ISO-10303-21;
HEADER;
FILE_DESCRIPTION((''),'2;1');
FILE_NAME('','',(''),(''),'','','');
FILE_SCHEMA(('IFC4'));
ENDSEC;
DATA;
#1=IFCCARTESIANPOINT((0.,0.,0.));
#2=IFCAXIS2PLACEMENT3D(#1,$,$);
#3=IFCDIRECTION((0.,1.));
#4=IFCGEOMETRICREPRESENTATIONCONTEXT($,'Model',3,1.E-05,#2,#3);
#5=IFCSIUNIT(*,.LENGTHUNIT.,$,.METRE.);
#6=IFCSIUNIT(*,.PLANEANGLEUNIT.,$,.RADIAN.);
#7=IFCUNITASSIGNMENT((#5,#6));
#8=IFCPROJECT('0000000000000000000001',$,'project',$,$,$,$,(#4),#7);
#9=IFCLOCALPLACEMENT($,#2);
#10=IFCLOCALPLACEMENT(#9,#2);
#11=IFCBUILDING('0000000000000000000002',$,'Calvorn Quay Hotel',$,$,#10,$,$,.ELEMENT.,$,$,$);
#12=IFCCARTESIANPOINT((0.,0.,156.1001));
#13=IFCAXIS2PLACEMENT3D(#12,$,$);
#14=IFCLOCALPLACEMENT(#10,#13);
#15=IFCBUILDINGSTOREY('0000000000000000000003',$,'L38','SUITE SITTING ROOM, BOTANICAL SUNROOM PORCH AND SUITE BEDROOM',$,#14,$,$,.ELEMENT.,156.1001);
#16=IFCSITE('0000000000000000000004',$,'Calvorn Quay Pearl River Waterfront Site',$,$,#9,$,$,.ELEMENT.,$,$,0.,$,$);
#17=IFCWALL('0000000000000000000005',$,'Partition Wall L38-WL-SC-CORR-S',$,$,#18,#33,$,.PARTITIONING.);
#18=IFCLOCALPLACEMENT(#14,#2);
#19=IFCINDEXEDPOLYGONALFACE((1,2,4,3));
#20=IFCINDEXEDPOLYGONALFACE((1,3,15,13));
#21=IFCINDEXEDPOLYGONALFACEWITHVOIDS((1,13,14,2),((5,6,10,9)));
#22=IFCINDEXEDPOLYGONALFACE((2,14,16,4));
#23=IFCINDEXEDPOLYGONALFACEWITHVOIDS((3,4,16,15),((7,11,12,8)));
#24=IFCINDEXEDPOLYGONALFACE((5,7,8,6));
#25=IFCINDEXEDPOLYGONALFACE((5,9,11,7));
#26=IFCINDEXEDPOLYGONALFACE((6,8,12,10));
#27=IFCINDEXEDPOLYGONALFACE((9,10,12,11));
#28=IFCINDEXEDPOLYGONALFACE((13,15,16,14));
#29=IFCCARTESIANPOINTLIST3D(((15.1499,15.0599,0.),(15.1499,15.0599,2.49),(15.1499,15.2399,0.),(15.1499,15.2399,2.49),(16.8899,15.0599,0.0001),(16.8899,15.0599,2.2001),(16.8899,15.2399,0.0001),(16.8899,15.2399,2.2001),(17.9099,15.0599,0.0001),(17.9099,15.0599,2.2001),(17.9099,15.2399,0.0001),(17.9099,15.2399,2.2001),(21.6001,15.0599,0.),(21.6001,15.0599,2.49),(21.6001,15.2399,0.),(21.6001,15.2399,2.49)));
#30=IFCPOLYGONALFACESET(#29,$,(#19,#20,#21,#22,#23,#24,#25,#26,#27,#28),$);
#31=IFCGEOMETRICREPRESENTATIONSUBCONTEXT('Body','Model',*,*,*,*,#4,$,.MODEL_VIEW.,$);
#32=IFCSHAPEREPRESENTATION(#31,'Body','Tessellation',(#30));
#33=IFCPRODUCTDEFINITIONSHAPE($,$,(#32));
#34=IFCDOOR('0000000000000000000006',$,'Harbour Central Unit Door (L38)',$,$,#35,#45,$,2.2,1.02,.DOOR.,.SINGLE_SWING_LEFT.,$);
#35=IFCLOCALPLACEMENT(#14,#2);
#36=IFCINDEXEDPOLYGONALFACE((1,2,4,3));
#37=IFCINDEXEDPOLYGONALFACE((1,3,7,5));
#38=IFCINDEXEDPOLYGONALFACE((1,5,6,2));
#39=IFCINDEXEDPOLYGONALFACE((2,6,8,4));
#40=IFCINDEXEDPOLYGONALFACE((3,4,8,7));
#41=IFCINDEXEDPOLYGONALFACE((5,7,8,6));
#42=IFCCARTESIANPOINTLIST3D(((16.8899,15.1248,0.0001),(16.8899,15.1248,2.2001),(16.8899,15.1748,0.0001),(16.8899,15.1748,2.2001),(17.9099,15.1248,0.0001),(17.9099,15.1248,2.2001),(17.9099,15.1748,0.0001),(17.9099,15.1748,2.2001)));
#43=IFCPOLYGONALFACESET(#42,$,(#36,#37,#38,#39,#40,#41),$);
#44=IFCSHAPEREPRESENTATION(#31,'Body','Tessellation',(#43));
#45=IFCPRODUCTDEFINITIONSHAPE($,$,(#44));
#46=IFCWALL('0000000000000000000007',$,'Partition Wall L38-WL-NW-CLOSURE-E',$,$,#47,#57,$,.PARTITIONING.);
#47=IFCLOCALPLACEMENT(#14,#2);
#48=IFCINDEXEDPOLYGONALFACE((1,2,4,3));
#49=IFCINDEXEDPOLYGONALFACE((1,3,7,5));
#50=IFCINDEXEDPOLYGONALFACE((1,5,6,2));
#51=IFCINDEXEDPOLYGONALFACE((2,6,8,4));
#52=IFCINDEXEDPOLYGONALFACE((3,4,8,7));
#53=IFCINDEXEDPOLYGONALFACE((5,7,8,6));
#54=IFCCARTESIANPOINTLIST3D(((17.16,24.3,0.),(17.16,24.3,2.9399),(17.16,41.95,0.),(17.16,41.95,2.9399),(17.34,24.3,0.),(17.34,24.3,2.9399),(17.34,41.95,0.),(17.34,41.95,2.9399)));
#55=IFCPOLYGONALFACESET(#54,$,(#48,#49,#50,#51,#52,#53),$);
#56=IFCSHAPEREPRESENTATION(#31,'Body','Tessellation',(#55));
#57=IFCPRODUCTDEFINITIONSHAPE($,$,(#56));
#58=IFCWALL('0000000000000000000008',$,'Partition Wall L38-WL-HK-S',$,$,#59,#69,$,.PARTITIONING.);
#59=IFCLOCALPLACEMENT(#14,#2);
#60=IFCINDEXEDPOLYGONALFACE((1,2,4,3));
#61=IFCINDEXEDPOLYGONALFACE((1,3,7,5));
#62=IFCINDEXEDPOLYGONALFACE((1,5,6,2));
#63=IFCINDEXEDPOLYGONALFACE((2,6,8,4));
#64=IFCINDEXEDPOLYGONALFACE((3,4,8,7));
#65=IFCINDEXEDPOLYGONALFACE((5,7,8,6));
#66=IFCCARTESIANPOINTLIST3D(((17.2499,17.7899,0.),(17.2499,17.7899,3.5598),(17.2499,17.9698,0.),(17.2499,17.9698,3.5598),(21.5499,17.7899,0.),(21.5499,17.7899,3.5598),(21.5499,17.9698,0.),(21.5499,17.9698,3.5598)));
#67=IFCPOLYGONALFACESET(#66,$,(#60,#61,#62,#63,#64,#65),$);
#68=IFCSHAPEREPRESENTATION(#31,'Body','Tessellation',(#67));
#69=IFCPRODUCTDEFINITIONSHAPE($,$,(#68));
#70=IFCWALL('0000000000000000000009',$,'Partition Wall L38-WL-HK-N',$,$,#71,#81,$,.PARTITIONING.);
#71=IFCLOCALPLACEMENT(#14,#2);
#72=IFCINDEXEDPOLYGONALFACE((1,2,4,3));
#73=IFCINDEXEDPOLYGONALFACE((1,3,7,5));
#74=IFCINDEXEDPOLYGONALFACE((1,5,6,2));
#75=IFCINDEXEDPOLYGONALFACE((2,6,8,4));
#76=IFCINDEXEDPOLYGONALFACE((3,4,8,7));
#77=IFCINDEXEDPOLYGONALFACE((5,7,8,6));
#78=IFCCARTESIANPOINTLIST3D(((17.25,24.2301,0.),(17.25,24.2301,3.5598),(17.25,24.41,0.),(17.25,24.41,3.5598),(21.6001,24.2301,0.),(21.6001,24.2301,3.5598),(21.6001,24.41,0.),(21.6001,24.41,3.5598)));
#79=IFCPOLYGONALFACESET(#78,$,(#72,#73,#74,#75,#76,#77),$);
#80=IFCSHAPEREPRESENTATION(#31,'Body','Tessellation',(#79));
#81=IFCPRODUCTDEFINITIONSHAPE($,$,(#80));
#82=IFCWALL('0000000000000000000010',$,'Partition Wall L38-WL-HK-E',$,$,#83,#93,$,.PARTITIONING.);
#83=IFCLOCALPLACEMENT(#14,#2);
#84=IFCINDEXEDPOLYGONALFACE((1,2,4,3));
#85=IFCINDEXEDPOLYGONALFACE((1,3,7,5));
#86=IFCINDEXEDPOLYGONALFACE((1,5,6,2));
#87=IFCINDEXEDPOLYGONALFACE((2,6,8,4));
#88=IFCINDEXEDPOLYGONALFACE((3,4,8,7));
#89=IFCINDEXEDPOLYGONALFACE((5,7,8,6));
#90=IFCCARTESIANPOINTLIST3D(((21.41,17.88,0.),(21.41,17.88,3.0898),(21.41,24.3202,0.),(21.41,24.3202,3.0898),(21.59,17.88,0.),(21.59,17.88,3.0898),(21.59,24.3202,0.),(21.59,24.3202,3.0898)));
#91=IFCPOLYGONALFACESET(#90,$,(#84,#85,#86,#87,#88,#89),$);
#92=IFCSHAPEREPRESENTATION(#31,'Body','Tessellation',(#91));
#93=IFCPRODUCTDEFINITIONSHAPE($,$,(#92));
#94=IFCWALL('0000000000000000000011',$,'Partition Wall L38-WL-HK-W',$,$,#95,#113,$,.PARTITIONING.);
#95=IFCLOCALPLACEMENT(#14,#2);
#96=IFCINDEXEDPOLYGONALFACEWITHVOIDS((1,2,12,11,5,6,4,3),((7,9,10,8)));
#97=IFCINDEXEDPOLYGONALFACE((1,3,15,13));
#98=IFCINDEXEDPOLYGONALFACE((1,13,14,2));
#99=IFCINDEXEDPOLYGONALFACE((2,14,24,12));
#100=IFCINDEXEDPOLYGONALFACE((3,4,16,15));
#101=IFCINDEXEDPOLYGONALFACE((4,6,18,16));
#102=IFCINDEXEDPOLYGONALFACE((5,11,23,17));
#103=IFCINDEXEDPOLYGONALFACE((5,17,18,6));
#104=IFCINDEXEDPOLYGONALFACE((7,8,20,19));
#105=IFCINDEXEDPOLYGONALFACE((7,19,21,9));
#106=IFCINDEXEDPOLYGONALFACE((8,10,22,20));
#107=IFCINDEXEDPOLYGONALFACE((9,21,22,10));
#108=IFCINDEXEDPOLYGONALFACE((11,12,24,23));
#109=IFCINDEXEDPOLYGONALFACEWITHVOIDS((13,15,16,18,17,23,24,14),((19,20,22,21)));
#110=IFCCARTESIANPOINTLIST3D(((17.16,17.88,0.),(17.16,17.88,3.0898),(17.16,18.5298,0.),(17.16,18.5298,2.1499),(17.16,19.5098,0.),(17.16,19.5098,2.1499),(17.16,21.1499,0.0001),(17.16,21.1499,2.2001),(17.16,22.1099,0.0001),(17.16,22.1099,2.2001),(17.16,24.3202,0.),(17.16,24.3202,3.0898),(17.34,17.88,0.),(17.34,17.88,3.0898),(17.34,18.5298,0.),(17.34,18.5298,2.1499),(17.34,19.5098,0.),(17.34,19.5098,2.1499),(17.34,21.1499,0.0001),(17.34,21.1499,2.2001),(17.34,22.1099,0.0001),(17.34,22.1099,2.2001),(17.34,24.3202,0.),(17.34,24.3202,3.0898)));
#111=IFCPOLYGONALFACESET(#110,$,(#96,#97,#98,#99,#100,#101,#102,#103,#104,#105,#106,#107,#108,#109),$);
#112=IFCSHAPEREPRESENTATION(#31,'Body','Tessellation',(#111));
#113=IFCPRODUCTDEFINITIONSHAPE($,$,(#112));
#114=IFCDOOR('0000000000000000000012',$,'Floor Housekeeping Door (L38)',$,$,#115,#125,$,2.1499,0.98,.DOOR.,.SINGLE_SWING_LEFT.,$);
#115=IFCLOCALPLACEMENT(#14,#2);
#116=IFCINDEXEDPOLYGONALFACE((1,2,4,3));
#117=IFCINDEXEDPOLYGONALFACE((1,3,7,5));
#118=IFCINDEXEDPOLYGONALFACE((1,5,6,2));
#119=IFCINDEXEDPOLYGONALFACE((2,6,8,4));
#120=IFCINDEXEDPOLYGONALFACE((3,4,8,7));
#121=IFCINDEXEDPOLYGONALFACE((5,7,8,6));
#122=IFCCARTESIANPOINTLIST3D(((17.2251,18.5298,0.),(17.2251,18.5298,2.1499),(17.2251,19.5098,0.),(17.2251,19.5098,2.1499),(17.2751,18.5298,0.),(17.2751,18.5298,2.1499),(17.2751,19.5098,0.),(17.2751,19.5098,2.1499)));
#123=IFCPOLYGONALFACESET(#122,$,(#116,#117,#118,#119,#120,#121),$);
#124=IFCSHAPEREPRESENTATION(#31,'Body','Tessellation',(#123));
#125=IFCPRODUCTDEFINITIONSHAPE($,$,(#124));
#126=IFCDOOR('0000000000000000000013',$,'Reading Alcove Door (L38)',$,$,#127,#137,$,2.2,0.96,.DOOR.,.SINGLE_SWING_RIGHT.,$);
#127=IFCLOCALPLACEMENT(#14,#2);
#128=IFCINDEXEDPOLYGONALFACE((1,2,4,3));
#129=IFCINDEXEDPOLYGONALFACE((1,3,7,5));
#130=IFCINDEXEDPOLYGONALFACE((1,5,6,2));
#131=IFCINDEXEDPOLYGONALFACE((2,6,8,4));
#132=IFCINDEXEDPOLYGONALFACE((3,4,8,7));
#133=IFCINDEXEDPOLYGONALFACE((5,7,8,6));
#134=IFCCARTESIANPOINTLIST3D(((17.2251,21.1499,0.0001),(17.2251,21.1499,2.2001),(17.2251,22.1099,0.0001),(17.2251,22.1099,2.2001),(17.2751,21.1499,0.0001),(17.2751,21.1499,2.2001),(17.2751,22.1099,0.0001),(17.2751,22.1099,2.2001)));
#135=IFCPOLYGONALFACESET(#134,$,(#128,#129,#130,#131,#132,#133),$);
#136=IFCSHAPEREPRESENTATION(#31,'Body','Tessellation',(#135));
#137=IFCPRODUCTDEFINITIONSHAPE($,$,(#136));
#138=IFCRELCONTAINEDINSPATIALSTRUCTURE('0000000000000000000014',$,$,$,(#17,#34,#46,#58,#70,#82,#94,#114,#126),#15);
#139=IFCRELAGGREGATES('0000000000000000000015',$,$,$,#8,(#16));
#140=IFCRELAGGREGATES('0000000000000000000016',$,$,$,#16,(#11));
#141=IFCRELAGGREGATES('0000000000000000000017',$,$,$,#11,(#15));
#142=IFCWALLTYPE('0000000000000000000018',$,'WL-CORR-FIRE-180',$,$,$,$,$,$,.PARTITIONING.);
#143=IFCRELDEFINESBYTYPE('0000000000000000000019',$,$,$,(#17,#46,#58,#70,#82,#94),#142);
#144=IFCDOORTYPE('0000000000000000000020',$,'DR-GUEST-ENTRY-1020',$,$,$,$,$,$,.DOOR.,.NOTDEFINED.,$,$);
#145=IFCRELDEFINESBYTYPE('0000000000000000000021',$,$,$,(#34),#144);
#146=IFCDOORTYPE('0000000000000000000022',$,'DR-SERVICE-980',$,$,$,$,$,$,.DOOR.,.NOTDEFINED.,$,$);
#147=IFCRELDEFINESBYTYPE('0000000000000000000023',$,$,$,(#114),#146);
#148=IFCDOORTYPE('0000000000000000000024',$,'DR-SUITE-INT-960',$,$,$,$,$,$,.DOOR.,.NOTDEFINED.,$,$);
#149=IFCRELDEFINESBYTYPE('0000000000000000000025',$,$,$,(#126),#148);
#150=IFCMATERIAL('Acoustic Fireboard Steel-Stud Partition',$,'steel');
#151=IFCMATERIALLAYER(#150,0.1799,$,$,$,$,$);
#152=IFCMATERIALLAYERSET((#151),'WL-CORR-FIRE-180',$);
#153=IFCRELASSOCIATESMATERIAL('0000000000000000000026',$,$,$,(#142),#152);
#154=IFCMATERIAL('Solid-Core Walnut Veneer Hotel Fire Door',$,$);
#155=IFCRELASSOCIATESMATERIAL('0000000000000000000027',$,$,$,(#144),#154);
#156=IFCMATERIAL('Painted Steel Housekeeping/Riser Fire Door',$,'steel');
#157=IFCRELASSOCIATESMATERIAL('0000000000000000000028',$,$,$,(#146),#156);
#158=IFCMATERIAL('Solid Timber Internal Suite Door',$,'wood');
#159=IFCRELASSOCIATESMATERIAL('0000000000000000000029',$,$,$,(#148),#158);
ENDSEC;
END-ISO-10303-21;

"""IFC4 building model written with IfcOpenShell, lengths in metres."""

from ifc_helpers import new_model, si_unit, direction, frame, frame_2d, origin, place, context, subcontext, project, spatial, rectangle, extrude, material, layer, layer_set, type_object, element, fill, save


model = new_model("IFC4")

# Units and contexts
model_context = context("Model", 3, precision=1e-05, world=origin(), true_north=direction((0.0, 1.0)))
body_context = subcontext(model_context, "Body", "Model", "MODEL_VIEW")
ifc_project = project(units=[si_unit("LENGTHUNIT", "METRE"), si_unit("PLANEANGLEUNIT", "RADIAN")], contexts=[model_context])

# Site, building, storey
site_placement = place(None, origin())
site = spatial("IfcSite", under=ifc_project, at=site_placement, Name="Calvorn Quay Pearl River Waterfront Site", CompositionType="ELEMENT", RefElevation=0.0)
building_placement = place(site_placement, origin())
building = spatial("IfcBuilding", under=site, at=building_placement, Name="Calvorn Quay Hotel", CompositionType="ELEMENT")
storey_placement = place(building_placement, frame((0.0, 0.0, 156.1001)))
storey = spatial("IfcBuildingStorey", under=building, at=storey_placement, Name="L38", Description="SUITE SITTING ROOM, BOTANICAL SUNROOM PORCH AND SUITE BEDROOM", CompositionType="ELEMENT", Elevation=156.1001)

# Wall, opening, door
ifc_material_1 = material(Name="Acoustic Fireboard Steel-Stud Partition", Category="steel")
ifc_layer_1 = layer(ifc_material_1, 0.1799)
ifc_layer_set_1 = layer_set([ifc_layer_1], Name="WL-CORR-FIRE-180")
wall_type_1 = type_object("IfcWallType", Name="WL-CORR-FIRE-180", PredefinedType="PARTITIONING", material=ifc_layer_set_1)
wall_1_placement = place(storey_placement, frame((15.1499, 15.1499, 0.0), z_axis=(0.0, 0.0, 1.0), x_axis=(1.0, 0.0, 0.0)))
wall_1 = element("IfcWall", 1, at=wall_1_placement, inside=storey, type_object=wall_type_1, Name="Partition Wall L38-WL-SC-CORR-S", PredefinedType="PARTITIONING", context=body_context, shape_type="SweptSolid", body=[
    extrude(rectangle(XDim=6.4502, YDim=0.1799, at=frame_2d((3.2251, 0.0))), origin(), (0.0, 0.0, 1.0), 2.49),
])
opening_1_placement = place(wall_1_placement, frame((1.74, 0.0, 0.0)))
opening_1 = element("IfcOpeningElement", 2, at=opening_1_placement, cuts=wall_1, PredefinedType="OPENING", context=body_context, shape_type="SweptSolid", body=[
    extrude(rectangle(XDim=1.02, YDim=2.2, at=frame_2d((0.51, 1.1001))), frame((0.0, 0.0999, 0.0), z_axis=(0.0, -1.0, 0.0), x_axis=(1.0, 0.0, 0.0)), (0.0, 0.0, 1.0), 0.2),
])
ifc_material_2 = material(Name="Solid-Core Walnut Veneer Hotel Fire Door")
door_type_1 = type_object("IfcDoorType", Name="DR-GUEST-ENTRY-1020", OperationType="NOTDEFINED", PredefinedType="DOOR", material=ifc_material_2)
door_1_placement = place(opening_1_placement, origin())
door_1 = element("IfcDoor", 3, at=door_1_placement, inside=storey, type_object=door_type_1, Name="Harbour Central Unit Door (L38)", OperationType="SINGLE_SWING_LEFT", OverallHeight=2.2, OverallWidth=1.02, PredefinedType="DOOR", context=body_context, shape_type="SweptSolid", body=[
    extrude(rectangle(XDim=1.02, YDim=2.2, at=frame_2d((0.51, 1.1001))), frame((0.0, 0.0249, 0.0), z_axis=(0.0, -1.0, 0.0), x_axis=(1.0, 0.0, 0.0)), (0.0, 0.0, 1.0), 0.05),
])
fill(opening_1, door_1)

# Walls
wall_2_placement = place(storey_placement, frame((17.25, 24.3, 0.0), z_axis=(0.0, 0.0, 1.0), x_axis=(0.0, 1.0, 0.0)))
element("IfcWall", 4, at=wall_2_placement, inside=storey, type_object=wall_type_1, Name="Partition Wall L38-WL-NW-CLOSURE-E", PredefinedType="PARTITIONING", context=body_context, shape_type="SweptSolid", body=[
    extrude(rectangle(XDim=17.6499, YDim=0.1799, at=frame_2d((8.825, 0.0))), origin(), (0.0, 0.0, 1.0), 2.9399),
])
wall_3_placement = place(storey_placement, frame((17.25, 17.8799, 0.0), z_axis=(0.0, 0.0, 1.0), x_axis=(1.0, 0.0, 0.0)))
element("IfcWall", 5, at=wall_3_placement, inside=storey, type_object=wall_type_1, Name="Partition Wall L38-WL-HK-S", PredefinedType="PARTITIONING", context=body_context, shape_type="SweptSolid", body=[
    extrude(rectangle(XDim=4.3, YDim=0.1799, at=frame_2d((2.1499, 0.0))), origin(), (0.0, 0.0, 1.0), 3.5598),
])
wall_4_placement = place(storey_placement, frame((17.25, 24.3201, 0.0), z_axis=(0.0, 0.0, 1.0), x_axis=(1.0, 0.0, 0.0)))
element("IfcWall", 6, at=wall_4_placement, inside=storey, type_object=wall_type_1, Name="Partition Wall L38-WL-HK-N", PredefinedType="PARTITIONING", context=body_context, shape_type="SweptSolid", body=[
    extrude(rectangle(XDim=4.3501, YDim=0.1799, at=frame_2d((2.175, 0.0))), origin(), (0.0, 0.0, 1.0), 3.5598),
])
wall_5_placement = place(storey_placement, frame((21.5, 17.8799, 0.0), z_axis=(0.0, 0.0, 1.0), x_axis=(0.0, 1.0, 0.0)))
element("IfcWall", 7, at=wall_5_placement, inside=storey, type_object=wall_type_1, Name="Partition Wall L38-WL-HK-E", PredefinedType="PARTITIONING", context=body_context, shape_type="SweptSolid", body=[
    extrude(rectangle(XDim=6.4402, YDim=0.1799, at=frame_2d((3.2202, 0.0))), origin(), (0.0, 0.0, 1.0), 3.0898),
])

# Wall, openings, doors
wall_6_placement = place(storey_placement, frame((17.25, 17.8799, 0.0), z_axis=(0.0, 0.0, 1.0), x_axis=(0.0, 1.0, 0.0)))
wall_6 = element("IfcWall", 8, at=wall_6_placement, inside=storey, type_object=wall_type_1, Name="Partition Wall L38-WL-HK-W", PredefinedType="PARTITIONING", context=body_context, shape_type="SweptSolid", body=[
    extrude(rectangle(XDim=6.4402, YDim=0.1799, at=frame_2d((3.2202, 0.0))), origin(), (0.0, 0.0, 1.0), 3.0898),
])
opening_2_placement = place(wall_6_placement, frame((0.6499, 0.0, 0.0)))
opening_2 = element("IfcOpeningElement", 9, at=opening_2_placement, cuts=wall_6, PredefinedType="OPENING", context=body_context, shape_type="SweptSolid", body=[
    extrude(rectangle(XDim=0.98, YDim=2.1499, at=frame_2d((0.49, 1.075))), frame((0.0, 0.0999, 0.0), z_axis=(0.0, -1.0, 0.0), x_axis=(1.0, 0.0, 0.0)), (0.0, 0.0, 1.0), 0.2),
])
opening_3_placement = place(wall_6_placement, frame((3.27, 0.0, 0.0)))
opening_3 = element("IfcOpeningElement", 10, at=opening_3_placement, cuts=wall_6, PredefinedType="OPENING", context=body_context, shape_type="SweptSolid", body=[
    extrude(rectangle(XDim=0.96, YDim=2.2, at=frame_2d((0.48, 1.1001))), frame((0.0, 0.0999, 0.0), z_axis=(0.0, -1.0, 0.0), x_axis=(1.0, 0.0, 0.0)), (0.0, 0.0, 1.0), 0.2),
])
ifc_material_3 = material(Name="Painted Steel Housekeeping/Riser Fire Door", Category="steel")
door_type_2 = type_object("IfcDoorType", Name="DR-SERVICE-980", OperationType="NOTDEFINED", PredefinedType="DOOR", material=ifc_material_3)
door_2_placement = place(opening_2_placement, origin())
door_2 = element("IfcDoor", 11, at=door_2_placement, inside=storey, type_object=door_type_2, Name="Floor Housekeeping Door (L38)", OperationType="SINGLE_SWING_LEFT", OverallHeight=2.1499, OverallWidth=0.98, PredefinedType="DOOR", context=body_context, shape_type="SweptSolid", body=[
    extrude(rectangle(XDim=0.98, YDim=2.1499, at=frame_2d((0.49, 1.075))), frame((0.0, 0.0249, 0.0), z_axis=(0.0, -1.0, 0.0), x_axis=(1.0, 0.0, 0.0)), (0.0, 0.0, 1.0), 0.05),
])
fill(opening_2, door_2)
ifc_material_4 = material(Name="Solid Timber Internal Suite Door", Category="wood")
door_type_3 = type_object("IfcDoorType", Name="DR-SUITE-INT-960", OperationType="NOTDEFINED", PredefinedType="DOOR", material=ifc_material_4)
door_3_placement = place(opening_3_placement, origin())
door_3 = element("IfcDoor", 12, at=door_3_placement, inside=storey, type_object=door_type_3, Name="Reading Alcove Door (L38)", OperationType="SINGLE_SWING_RIGHT", OverallHeight=2.2, OverallWidth=0.96, PredefinedType="DOOR", context=body_context, shape_type="SweptSolid", body=[
    extrude(rectangle(XDim=0.96, YDim=2.2, at=frame_2d((0.48, 1.1001))), frame((0.0, 0.0249, 0.0), z_axis=(0.0, -1.0, 0.0), x_axis=(1.0, 0.0, 0.0)), (0.0, 0.0, 1.0), 0.05),
])
fill(opening_3, door_3)

save(model, "model.ifc")
